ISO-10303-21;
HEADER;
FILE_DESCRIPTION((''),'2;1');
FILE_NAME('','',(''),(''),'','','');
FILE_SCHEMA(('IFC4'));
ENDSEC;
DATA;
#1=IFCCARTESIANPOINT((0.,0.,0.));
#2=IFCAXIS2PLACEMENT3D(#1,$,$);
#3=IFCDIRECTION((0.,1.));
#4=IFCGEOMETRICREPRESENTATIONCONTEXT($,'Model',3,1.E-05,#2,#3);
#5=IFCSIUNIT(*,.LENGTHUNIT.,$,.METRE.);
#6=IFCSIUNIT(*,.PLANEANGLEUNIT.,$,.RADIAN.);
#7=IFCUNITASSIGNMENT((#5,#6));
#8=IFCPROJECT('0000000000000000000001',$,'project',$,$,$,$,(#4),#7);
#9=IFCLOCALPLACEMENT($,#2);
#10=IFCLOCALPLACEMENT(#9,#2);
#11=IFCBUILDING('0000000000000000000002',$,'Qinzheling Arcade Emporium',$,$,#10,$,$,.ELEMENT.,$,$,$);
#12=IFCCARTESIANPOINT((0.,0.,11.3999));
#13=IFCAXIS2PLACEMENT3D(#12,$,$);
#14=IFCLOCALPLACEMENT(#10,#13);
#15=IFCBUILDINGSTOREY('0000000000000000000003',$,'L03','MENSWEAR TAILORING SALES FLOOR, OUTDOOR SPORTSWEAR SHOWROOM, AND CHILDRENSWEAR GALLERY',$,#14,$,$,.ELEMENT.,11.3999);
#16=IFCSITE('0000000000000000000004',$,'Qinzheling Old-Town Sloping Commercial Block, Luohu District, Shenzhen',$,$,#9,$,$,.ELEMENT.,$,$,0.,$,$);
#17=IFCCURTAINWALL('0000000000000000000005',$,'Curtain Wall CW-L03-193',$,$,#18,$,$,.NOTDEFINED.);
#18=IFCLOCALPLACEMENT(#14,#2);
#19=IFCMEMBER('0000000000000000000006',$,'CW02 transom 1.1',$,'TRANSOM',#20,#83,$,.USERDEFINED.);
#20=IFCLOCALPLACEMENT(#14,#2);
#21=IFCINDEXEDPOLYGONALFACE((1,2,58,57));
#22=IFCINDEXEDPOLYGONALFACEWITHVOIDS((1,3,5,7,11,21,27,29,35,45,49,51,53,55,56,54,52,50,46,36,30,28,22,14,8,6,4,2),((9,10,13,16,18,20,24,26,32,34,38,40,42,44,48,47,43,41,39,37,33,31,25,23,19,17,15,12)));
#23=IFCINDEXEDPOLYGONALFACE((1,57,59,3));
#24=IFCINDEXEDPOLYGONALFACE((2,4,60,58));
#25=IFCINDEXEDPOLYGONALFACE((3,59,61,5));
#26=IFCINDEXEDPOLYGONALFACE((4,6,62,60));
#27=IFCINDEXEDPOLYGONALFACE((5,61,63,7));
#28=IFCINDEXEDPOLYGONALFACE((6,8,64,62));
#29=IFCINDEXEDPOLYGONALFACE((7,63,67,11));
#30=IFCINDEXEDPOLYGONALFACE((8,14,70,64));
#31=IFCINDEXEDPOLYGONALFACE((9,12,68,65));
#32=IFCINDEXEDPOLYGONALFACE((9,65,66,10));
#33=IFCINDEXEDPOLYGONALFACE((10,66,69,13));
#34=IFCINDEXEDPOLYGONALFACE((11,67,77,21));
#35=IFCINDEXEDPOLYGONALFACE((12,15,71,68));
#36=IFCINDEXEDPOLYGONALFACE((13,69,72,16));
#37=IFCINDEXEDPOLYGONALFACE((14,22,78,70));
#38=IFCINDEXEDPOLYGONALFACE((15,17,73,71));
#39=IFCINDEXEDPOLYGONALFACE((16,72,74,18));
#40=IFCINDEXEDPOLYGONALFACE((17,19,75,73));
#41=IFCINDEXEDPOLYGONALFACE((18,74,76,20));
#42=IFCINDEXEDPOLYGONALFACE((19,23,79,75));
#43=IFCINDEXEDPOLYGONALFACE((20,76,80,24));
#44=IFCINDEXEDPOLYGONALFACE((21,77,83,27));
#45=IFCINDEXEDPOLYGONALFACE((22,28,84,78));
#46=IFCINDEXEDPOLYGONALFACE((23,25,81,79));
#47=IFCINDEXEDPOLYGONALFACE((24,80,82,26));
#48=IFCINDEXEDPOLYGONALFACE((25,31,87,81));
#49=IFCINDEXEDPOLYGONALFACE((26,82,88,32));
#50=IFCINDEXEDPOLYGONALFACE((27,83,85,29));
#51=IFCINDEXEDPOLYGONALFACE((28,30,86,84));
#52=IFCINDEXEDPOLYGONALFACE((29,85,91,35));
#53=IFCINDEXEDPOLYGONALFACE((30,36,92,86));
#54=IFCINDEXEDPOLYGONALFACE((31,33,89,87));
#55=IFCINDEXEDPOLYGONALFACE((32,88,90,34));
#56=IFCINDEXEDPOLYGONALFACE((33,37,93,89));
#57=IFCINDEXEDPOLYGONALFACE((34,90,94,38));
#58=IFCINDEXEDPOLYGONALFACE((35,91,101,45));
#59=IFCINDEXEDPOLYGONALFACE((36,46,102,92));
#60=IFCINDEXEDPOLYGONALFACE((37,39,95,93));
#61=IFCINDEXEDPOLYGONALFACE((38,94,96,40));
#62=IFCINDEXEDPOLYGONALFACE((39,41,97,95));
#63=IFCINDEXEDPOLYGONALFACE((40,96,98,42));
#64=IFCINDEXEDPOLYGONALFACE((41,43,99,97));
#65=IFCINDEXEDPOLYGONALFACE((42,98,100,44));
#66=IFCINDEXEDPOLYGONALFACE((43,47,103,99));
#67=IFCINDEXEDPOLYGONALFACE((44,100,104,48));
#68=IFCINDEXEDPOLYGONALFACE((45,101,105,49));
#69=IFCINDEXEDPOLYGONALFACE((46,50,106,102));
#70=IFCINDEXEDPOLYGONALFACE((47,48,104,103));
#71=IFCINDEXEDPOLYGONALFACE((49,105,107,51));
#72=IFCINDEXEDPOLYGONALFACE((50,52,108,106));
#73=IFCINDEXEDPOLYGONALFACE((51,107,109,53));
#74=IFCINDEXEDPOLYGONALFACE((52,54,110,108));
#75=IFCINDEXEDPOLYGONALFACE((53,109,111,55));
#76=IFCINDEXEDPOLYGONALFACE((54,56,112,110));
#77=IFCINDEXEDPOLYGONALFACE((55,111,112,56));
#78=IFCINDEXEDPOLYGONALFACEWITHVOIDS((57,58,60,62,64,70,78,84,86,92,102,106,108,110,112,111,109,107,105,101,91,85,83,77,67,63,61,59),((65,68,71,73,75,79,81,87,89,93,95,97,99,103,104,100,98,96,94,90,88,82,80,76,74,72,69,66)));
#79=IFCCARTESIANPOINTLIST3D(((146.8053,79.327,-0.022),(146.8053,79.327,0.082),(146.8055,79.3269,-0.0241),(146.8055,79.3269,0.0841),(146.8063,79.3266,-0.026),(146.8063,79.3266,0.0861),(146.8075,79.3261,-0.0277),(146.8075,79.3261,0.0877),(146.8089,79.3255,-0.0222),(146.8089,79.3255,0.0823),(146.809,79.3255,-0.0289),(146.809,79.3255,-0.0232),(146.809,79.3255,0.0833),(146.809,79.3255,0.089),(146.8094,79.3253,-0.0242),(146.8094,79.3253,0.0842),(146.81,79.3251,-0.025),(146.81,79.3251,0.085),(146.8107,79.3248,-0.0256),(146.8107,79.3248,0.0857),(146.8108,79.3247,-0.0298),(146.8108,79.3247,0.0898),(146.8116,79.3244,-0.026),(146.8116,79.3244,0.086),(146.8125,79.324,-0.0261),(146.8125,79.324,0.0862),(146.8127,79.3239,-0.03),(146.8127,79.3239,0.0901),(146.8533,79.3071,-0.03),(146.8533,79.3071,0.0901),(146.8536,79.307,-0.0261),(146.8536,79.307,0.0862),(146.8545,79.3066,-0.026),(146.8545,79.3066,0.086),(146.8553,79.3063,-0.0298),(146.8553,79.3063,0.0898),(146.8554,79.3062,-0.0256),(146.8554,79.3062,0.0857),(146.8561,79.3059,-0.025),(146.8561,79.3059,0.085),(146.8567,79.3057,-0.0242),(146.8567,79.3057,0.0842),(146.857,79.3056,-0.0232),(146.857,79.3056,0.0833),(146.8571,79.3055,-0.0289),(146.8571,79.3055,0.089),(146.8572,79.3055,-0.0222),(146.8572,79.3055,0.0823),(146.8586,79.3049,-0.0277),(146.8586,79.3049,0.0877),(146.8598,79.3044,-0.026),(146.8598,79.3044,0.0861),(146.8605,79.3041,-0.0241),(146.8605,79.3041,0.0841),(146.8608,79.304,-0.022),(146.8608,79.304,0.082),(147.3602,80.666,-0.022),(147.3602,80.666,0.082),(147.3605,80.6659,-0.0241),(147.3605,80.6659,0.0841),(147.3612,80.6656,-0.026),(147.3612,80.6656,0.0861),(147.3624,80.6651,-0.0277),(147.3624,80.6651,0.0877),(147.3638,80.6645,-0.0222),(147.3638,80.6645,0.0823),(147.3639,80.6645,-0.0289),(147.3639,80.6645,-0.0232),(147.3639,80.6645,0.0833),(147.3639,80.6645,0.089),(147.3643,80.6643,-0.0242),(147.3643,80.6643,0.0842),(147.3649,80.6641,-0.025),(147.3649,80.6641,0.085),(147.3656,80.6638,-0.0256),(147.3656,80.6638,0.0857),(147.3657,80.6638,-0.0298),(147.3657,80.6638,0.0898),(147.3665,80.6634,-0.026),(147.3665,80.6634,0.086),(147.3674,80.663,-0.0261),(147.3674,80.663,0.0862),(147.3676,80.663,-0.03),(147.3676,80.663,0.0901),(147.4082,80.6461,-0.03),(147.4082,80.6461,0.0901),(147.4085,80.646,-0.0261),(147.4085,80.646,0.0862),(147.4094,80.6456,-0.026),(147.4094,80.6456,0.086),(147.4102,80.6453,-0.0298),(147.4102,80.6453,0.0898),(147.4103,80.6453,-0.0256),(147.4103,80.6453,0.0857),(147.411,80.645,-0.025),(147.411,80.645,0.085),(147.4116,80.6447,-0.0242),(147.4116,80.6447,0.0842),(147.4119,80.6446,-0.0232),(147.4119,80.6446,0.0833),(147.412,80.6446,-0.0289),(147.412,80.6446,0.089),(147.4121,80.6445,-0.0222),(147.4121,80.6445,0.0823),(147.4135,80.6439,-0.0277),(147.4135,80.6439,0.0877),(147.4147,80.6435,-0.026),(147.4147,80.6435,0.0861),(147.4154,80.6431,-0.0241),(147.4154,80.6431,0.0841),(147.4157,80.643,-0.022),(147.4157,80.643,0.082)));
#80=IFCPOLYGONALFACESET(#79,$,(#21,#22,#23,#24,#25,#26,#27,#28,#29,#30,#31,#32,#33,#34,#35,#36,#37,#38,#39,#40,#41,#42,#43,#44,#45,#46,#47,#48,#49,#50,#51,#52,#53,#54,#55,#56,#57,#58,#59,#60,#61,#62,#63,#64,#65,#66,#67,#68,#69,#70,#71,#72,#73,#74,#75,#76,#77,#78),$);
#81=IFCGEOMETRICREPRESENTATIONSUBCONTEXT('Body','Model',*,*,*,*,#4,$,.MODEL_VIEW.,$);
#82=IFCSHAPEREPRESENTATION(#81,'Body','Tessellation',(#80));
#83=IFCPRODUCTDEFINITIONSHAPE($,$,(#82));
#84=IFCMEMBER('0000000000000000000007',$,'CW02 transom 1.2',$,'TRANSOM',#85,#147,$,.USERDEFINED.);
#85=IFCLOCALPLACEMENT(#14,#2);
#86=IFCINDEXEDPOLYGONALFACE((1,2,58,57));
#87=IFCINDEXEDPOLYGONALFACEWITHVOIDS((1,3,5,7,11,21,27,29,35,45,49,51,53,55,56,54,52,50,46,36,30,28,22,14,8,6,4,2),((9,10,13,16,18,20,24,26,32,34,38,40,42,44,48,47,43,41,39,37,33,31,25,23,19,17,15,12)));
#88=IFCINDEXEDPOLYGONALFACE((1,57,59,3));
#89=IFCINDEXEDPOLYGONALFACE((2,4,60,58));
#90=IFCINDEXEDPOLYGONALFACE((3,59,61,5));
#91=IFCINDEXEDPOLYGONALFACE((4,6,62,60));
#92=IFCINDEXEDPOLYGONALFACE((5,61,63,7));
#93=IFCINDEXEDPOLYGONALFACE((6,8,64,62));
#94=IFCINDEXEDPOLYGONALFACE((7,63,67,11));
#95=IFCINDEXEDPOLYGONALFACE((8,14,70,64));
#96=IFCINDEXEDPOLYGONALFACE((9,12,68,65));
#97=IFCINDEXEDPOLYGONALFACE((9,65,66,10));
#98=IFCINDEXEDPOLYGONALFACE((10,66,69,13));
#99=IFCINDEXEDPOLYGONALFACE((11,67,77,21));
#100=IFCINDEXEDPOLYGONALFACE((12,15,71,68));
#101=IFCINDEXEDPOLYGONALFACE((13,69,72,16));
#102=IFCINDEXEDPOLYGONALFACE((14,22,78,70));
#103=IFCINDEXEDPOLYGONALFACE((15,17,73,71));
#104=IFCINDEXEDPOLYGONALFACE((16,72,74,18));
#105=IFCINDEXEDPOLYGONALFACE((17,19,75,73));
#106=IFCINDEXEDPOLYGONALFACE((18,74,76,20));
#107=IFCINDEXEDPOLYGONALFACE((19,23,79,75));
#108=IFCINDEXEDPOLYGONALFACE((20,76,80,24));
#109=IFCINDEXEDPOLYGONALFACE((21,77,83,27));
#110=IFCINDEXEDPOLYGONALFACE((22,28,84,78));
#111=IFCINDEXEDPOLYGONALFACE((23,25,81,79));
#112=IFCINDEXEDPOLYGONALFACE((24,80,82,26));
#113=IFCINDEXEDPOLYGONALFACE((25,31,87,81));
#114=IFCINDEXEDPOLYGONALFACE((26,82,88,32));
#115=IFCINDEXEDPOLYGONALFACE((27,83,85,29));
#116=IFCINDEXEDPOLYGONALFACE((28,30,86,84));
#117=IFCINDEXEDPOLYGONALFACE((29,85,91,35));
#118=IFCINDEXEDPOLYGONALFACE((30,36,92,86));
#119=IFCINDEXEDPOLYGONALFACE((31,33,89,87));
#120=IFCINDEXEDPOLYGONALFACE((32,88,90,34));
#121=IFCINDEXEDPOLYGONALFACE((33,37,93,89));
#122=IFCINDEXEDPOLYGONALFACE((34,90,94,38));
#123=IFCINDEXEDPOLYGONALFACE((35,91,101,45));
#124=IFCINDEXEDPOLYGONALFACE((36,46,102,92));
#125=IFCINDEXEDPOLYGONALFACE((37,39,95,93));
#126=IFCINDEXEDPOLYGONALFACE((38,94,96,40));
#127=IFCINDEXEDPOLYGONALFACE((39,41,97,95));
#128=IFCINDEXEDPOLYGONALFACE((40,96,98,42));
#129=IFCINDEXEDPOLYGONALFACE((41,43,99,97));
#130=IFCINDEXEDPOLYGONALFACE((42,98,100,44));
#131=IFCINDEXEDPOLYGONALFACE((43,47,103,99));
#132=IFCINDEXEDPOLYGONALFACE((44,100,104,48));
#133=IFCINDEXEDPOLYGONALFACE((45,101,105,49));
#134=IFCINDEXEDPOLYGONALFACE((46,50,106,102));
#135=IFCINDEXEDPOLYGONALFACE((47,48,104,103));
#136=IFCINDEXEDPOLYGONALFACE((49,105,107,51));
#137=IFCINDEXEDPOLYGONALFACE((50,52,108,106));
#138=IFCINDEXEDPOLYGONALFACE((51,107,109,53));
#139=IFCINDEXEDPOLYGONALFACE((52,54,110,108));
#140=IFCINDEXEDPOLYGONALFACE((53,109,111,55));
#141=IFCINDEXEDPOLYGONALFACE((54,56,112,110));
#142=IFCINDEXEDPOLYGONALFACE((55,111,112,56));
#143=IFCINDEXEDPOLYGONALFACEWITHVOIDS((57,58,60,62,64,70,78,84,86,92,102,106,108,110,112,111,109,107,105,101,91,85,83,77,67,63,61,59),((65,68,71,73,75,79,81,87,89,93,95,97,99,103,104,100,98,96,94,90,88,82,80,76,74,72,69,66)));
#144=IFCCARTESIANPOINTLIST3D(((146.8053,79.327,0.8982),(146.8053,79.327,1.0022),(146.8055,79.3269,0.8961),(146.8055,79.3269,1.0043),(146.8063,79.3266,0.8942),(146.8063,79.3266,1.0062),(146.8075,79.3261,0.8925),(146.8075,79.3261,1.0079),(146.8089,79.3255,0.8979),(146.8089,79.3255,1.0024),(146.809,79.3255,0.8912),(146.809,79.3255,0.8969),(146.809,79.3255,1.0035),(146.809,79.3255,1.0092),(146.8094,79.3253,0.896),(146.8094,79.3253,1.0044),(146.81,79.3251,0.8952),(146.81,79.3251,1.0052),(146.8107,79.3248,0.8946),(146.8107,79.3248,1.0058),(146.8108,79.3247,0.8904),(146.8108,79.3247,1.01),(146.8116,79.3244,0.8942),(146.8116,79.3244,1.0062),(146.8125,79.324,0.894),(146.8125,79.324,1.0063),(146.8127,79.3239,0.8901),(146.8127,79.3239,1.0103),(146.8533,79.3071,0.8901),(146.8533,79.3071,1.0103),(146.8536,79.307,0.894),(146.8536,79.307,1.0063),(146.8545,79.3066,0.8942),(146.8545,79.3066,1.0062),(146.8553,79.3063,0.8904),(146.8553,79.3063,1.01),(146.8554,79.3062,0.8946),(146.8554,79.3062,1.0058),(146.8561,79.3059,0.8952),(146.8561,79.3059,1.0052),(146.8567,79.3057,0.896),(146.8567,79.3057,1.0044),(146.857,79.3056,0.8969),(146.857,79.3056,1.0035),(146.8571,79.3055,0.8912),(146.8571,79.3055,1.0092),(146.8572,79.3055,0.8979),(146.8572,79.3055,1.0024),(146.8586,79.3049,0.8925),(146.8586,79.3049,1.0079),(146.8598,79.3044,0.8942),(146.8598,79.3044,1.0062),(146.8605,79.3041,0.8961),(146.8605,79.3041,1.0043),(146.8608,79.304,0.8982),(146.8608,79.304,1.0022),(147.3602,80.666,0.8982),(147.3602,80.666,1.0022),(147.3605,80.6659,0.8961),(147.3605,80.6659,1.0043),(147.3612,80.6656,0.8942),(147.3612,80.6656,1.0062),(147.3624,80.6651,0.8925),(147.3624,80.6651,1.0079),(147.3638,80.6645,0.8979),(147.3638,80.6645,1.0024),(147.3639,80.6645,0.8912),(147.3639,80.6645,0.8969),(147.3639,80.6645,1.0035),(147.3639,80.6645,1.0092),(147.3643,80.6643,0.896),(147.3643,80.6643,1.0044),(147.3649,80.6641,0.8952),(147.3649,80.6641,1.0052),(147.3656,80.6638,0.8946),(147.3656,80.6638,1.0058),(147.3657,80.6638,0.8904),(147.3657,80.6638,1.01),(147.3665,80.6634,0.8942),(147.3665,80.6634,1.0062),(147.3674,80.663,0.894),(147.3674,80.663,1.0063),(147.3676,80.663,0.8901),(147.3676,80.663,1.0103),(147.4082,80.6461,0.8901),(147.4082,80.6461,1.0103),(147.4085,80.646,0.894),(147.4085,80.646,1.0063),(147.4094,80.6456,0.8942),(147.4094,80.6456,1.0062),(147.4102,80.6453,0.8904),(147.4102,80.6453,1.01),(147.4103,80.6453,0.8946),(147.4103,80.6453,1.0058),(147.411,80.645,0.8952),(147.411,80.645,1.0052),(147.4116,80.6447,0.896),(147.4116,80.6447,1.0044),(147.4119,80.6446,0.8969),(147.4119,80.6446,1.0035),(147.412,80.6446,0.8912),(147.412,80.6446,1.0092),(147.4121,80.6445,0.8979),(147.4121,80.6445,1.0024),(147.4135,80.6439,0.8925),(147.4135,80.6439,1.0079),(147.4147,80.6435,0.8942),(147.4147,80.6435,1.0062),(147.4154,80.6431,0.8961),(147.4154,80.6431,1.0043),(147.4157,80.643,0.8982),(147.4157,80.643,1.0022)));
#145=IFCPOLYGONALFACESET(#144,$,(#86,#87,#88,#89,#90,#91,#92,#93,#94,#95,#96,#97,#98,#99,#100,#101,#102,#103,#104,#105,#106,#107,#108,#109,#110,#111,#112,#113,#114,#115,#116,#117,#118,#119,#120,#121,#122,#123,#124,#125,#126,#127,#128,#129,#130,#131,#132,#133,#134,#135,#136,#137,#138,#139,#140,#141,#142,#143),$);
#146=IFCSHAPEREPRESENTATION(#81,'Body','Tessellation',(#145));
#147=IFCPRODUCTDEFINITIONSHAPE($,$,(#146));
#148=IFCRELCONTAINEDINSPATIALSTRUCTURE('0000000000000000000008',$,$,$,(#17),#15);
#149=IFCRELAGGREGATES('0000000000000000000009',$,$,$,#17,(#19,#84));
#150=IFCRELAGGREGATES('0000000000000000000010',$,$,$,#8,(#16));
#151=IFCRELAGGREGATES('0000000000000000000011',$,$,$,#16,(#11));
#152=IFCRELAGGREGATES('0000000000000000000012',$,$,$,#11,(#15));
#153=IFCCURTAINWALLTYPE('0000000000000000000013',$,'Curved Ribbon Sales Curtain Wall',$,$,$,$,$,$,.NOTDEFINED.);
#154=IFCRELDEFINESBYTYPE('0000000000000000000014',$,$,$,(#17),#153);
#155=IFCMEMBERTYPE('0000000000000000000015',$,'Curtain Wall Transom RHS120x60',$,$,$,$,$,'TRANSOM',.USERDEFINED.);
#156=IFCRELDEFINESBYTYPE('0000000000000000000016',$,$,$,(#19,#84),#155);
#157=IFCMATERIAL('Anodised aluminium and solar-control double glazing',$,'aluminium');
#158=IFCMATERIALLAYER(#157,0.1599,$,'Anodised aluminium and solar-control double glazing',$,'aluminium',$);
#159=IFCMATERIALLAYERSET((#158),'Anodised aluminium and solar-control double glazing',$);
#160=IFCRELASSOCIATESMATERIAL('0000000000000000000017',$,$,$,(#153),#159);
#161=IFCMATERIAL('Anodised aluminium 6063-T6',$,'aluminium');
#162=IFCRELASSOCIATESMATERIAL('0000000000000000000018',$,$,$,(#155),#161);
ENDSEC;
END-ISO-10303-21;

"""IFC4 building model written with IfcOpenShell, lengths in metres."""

from ifc_helpers import new_model, si_unit, direction, frame, origin, origin_2d, place, context, subcontext, project, spatial, hollow_rectangle, extrude, material, layer, layer_set, material_profile, profile_set, type_object, element, aggregate, save


model = new_model("IFC4")

# Units and contexts
model_context = context("Model", 3, precision=1e-05, world=origin(), true_north=direction((0.0, 1.0)))
body_context = subcontext(model_context, "Body", "Model", "MODEL_VIEW")
ifc_project = project(units=[si_unit("LENGTHUNIT", "METRE"), si_unit("PLANEANGLEUNIT", "RADIAN")], contexts=[model_context])

# Site, building, storey
site_placement = place(None, origin())
site = spatial("IfcSite", under=ifc_project, at=site_placement, Name="Qinzheling Old-Town Sloping Commercial Block, Luohu District, Shenzhen", CompositionType="ELEMENT", RefElevation=0.0)
building_placement = place(site_placement, origin())
building = spatial("IfcBuilding", under=site, at=building_placement, Name="Qinzheling Arcade Emporium", CompositionType="ELEMENT")
storey_placement = place(building_placement, frame((0.0, 0.0, 11.3999)))
storey = spatial("IfcBuildingStorey", under=building, at=storey_placement, Name="L03", Description="MENSWEAR TAILORING SALES FLOOR, OUTDOOR SPORTSWEAR SHOWROOM, AND CHILDRENSWEAR GALLERY", CompositionType="ELEMENT", Elevation=11.3999)

# Curtain wall
ifc_material_1 = material(Name="Anodised aluminium and solar-control double glazing", Category="aluminium")
ifc_layer_1 = layer(ifc_material_1, 0.1599, Name="Anodised aluminium and solar-control double glazing", Category="aluminium")
ifc_layer_set_1 = layer_set([ifc_layer_1], Name="Anodised aluminium and solar-control double glazing")
curtain_wall_type = type_object("IfcCurtainWallType", Name="Curved Ribbon Sales Curtain Wall", PredefinedType="NOTDEFINED", material=ifc_layer_set_1)
curtain_wall_1_placement = place(storey_placement, origin())
curtain_wall_1 = element("IfcCurtainWall", 1, at=curtain_wall_1_placement, inside=storey, type_object=curtain_wall_type, Name="Curtain Wall CW-L03-193", PredefinedType="NOTDEFINED")
ifc_material_2 = material(Name="Anodised aluminium 6063-T6", Category="aluminium")

# Members
ifc_material_profile_1 = material_profile(ifc_material_2, hollow_rectangle(XDim=0.0601, YDim=0.1201, WallThickness=0.0039, InnerFilletRadius=0.0039, OuterFilletRadius=0.0081, at=origin_2d()), Name="RHS 120x60x4", Category="aluminium")
ifc_profile_set_1 = profile_set([ifc_material_profile_1], Name="Anodised aluminium 6063-T6")
member_type_1 = type_object("IfcMemberType", Name="Curtain Wall Transom RHS120x60", ElementType="TRANSOM", PredefinedType="USERDEFINED", material=ifc_profile_set_1)
member_1_placement = place(storey_placement, frame((147.3879, 80.6545, 0.03), z_axis=(-0.382833, -0.923818, 0.0), x_axis=(0.923818, -0.382833, 0.0)))
member_1 = element("IfcMember", 2, at=member_1_placement, type_object=member_type_1, Name="CW02 transom 1.1", ObjectType="TRANSOM", PredefinedType="USERDEFINED", context=body_context, shape_type="SweptSolid", body=[
    extrude(hollow_rectangle(XDim=0.0601, YDim=0.1201, WallThickness=0.0039, InnerFilletRadius=0.0039, OuterFilletRadius=0.0081, at=origin_2d()), origin(), (0.0, 0.0, 1.0), 1.4495),
])
member_2_placement = place(storey_placement, frame((147.3879, 80.6545, 0.9502), z_axis=(-0.382833, -0.923818, 0.0), x_axis=(0.923818, -0.382833, 0.0)))
member_2 = element("IfcMember", 3, at=member_2_placement, type_object=member_type_1, Name="CW02 transom 1.2", ObjectType="TRANSOM", PredefinedType="USERDEFINED", context=body_context, shape_type="SweptSolid", body=[
    extrude(hollow_rectangle(XDim=0.0601, YDim=0.1201, WallThickness=0.0039, InnerFilletRadius=0.0039, OuterFilletRadius=0.0081, at=origin_2d()), origin(), (0.0, 0.0, 1.0), 1.4495),
])

aggregate(curtain_wall_1, [member_1, member_2])

save(model, "model.ifc")
